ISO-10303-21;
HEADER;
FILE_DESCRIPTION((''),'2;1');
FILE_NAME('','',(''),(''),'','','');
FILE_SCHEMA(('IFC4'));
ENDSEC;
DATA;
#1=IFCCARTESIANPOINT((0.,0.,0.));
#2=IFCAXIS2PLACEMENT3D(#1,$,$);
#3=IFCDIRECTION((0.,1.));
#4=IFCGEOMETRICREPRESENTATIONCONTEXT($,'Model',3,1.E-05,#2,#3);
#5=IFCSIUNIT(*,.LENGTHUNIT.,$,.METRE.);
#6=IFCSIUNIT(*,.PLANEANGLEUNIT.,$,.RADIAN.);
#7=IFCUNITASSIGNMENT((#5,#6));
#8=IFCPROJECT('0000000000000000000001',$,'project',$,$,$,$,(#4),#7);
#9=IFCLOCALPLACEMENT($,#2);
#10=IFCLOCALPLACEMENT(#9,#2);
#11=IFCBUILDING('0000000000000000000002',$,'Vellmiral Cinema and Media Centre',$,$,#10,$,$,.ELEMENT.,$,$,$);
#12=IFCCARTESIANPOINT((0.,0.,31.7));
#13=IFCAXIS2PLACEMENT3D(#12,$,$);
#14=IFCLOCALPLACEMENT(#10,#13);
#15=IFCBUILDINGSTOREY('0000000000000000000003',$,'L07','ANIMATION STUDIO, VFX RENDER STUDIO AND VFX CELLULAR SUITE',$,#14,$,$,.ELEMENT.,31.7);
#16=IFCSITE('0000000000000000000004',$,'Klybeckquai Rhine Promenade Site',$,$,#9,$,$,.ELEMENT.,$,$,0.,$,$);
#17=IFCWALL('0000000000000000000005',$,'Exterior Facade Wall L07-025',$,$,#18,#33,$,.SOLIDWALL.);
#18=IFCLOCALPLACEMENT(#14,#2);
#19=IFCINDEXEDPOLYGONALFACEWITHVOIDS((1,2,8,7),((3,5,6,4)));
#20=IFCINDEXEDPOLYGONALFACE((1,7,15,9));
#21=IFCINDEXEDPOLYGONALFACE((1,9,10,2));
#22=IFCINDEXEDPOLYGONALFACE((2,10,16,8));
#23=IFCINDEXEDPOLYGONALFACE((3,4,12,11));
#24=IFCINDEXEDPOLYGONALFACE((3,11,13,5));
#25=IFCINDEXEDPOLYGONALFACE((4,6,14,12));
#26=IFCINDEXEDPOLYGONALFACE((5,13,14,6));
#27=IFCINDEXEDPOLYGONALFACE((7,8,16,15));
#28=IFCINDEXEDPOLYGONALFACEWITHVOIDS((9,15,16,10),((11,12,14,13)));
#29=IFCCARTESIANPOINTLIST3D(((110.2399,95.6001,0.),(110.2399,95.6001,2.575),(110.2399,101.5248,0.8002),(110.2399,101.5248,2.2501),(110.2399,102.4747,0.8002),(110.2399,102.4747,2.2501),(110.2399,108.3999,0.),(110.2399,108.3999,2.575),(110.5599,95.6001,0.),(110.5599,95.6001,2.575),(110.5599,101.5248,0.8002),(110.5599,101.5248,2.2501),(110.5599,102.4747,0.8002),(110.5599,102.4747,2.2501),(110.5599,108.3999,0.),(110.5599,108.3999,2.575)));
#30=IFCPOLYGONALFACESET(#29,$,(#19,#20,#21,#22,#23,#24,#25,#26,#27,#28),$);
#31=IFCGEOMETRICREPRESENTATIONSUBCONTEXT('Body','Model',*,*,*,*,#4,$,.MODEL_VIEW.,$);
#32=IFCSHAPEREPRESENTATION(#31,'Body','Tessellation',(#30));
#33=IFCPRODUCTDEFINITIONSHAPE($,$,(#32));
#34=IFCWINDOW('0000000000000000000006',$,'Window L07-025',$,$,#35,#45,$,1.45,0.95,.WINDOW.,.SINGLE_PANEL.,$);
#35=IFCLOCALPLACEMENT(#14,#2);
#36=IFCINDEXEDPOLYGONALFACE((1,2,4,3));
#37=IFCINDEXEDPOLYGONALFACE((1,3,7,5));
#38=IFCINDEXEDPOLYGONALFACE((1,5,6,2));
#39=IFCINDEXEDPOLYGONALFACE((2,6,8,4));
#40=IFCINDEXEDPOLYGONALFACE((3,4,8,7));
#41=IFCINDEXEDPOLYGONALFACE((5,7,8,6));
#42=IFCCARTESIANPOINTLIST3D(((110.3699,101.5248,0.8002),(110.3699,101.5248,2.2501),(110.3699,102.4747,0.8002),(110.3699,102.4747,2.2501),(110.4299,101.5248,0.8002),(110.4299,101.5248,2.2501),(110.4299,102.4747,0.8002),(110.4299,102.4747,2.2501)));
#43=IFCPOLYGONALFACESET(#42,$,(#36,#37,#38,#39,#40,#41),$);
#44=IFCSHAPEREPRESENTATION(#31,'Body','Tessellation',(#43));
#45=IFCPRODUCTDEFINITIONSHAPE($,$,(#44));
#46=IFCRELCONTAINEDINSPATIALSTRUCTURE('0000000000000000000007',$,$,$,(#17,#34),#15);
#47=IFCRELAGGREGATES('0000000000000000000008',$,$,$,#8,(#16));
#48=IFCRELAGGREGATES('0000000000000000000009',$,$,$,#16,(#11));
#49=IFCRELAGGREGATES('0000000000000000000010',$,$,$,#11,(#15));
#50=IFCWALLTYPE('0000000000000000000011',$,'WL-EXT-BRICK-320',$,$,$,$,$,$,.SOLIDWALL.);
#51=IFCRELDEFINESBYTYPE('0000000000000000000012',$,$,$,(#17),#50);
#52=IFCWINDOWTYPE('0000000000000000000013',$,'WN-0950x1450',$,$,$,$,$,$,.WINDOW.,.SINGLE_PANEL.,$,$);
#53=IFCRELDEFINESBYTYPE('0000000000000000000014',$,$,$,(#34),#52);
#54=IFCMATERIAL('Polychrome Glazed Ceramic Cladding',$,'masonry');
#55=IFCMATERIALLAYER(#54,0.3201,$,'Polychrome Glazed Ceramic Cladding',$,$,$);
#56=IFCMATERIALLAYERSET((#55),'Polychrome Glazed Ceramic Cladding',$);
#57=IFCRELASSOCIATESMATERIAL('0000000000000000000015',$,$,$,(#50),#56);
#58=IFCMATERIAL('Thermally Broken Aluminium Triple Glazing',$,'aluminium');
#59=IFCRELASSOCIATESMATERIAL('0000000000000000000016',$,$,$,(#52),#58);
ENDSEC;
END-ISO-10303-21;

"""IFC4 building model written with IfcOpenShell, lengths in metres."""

from ifc_helpers import new_model, si_unit, direction, frame, frame_2d, origin, place, context, subcontext, project, spatial, rectangle, extrude, material, layer, layer_set, type_object, element, fill, save


model = new_model("IFC4")

# Units and contexts
model_context = context("Model", 3, precision=1e-05, world=origin(), true_north=direction((0.0, 1.0)))
body_context = subcontext(model_context, "Body", "Model", "MODEL_VIEW")
ifc_project = project(units=[si_unit("LENGTHUNIT", "METRE"), si_unit("PLANEANGLEUNIT", "RADIAN")], contexts=[model_context])

# Site, building, storey
site_placement = place(None, origin())
site = spatial("IfcSite", under=ifc_project, at=site_placement, Name="Klybeckquai Rhine Promenade Site", CompositionType="ELEMENT", RefElevation=0.0)
building_placement = place(site_placement, origin())
building = spatial("IfcBuilding", under=site, at=building_placement, Name="Vellmiral Cinema and Media Centre", CompositionType="ELEMENT")
storey_placement = place(building_placement, frame((0.0, 0.0, 31.7)))
storey = spatial("IfcBuildingStorey", under=building, at=storey_placement, Name="L07", Description="ANIMATION STUDIO, VFX RENDER STUDIO AND VFX CELLULAR SUITE", CompositionType="ELEMENT", Elevation=31.7)

# Wall, opening, window
ifc_material_1 = material(Name="Polychrome Glazed Ceramic Cladding", Category="masonry")
ifc_layer_1 = layer(ifc_material_1, 0.3201, Name="Polychrome Glazed Ceramic Cladding")
ifc_layer_set_1 = layer_set([ifc_layer_1], Name="Polychrome Glazed Ceramic Cladding")
wall_type = type_object("IfcWallType", Name="WL-EXT-BRICK-320", PredefinedType="SOLIDWALL", material=ifc_layer_set_1)
wall_placement = place(storey_placement, frame((110.3999, 108.3999, 0.0), z_axis=(0.0, 0.0, 1.0), x_axis=(0.0, -1.0, 0.0)))
wall = element("IfcWall", 1, at=wall_placement, inside=storey, type_object=wall_type, Name="Exterior Facade Wall L07-025", PredefinedType="SOLIDWALL", context=body_context, shape_type="SweptSolid", body=[
    extrude(rectangle(XDim=12.7998, YDim=0.3201, at=frame_2d((6.3999, 0.0))), origin(), (0.0, 0.0, 1.0), 2.575),
])
opening_placement = place(wall_placement, frame((5.925, 0.0, 0.8)))
opening = element("IfcOpeningElement", 2, at=opening_placement, cuts=wall, PredefinedType="OPENING", context=body_context, shape_type="SweptSolid", body=[
    extrude(rectangle(XDim=0.95, YDim=1.45, at=frame_2d((0.4751, 0.7251))), frame((0.0, 0.1719, 0.0), z_axis=(0.0, -1.0, 0.0), x_axis=(1.0, 0.0, 0.0)), (0.0, 0.0, 1.0), 0.344),
])
ifc_material_2 = material(Name="Thermally Broken Aluminium Triple Glazing", Category="aluminium")
window_type = type_object("IfcWindowType", Name="WN-0950x1450", PartitioningType="SINGLE_PANEL", PredefinedType="WINDOW", material=ifc_material_2)
window_placement = place(opening_placement, origin())
window = element("IfcWindow", 3, at=window_placement, inside=storey, type_object=window_type, Name="Window L07-025", OverallHeight=1.45, OverallWidth=0.95, PartitioningType="SINGLE_PANEL", PredefinedType="WINDOW", context=body_context, shape_type="SweptSolid", body=[
    extrude(rectangle(XDim=0.95, YDim=1.45, at=frame_2d((0.4751, 0.7251))), frame((0.0, 0.03, 0.0), z_axis=(0.0, -1.0, 0.0), x_axis=(1.0, 0.0, 0.0)), (0.0, 0.0, 1.0), 0.0601),
])
fill(opening, window)

save(model, "model.ifc")
